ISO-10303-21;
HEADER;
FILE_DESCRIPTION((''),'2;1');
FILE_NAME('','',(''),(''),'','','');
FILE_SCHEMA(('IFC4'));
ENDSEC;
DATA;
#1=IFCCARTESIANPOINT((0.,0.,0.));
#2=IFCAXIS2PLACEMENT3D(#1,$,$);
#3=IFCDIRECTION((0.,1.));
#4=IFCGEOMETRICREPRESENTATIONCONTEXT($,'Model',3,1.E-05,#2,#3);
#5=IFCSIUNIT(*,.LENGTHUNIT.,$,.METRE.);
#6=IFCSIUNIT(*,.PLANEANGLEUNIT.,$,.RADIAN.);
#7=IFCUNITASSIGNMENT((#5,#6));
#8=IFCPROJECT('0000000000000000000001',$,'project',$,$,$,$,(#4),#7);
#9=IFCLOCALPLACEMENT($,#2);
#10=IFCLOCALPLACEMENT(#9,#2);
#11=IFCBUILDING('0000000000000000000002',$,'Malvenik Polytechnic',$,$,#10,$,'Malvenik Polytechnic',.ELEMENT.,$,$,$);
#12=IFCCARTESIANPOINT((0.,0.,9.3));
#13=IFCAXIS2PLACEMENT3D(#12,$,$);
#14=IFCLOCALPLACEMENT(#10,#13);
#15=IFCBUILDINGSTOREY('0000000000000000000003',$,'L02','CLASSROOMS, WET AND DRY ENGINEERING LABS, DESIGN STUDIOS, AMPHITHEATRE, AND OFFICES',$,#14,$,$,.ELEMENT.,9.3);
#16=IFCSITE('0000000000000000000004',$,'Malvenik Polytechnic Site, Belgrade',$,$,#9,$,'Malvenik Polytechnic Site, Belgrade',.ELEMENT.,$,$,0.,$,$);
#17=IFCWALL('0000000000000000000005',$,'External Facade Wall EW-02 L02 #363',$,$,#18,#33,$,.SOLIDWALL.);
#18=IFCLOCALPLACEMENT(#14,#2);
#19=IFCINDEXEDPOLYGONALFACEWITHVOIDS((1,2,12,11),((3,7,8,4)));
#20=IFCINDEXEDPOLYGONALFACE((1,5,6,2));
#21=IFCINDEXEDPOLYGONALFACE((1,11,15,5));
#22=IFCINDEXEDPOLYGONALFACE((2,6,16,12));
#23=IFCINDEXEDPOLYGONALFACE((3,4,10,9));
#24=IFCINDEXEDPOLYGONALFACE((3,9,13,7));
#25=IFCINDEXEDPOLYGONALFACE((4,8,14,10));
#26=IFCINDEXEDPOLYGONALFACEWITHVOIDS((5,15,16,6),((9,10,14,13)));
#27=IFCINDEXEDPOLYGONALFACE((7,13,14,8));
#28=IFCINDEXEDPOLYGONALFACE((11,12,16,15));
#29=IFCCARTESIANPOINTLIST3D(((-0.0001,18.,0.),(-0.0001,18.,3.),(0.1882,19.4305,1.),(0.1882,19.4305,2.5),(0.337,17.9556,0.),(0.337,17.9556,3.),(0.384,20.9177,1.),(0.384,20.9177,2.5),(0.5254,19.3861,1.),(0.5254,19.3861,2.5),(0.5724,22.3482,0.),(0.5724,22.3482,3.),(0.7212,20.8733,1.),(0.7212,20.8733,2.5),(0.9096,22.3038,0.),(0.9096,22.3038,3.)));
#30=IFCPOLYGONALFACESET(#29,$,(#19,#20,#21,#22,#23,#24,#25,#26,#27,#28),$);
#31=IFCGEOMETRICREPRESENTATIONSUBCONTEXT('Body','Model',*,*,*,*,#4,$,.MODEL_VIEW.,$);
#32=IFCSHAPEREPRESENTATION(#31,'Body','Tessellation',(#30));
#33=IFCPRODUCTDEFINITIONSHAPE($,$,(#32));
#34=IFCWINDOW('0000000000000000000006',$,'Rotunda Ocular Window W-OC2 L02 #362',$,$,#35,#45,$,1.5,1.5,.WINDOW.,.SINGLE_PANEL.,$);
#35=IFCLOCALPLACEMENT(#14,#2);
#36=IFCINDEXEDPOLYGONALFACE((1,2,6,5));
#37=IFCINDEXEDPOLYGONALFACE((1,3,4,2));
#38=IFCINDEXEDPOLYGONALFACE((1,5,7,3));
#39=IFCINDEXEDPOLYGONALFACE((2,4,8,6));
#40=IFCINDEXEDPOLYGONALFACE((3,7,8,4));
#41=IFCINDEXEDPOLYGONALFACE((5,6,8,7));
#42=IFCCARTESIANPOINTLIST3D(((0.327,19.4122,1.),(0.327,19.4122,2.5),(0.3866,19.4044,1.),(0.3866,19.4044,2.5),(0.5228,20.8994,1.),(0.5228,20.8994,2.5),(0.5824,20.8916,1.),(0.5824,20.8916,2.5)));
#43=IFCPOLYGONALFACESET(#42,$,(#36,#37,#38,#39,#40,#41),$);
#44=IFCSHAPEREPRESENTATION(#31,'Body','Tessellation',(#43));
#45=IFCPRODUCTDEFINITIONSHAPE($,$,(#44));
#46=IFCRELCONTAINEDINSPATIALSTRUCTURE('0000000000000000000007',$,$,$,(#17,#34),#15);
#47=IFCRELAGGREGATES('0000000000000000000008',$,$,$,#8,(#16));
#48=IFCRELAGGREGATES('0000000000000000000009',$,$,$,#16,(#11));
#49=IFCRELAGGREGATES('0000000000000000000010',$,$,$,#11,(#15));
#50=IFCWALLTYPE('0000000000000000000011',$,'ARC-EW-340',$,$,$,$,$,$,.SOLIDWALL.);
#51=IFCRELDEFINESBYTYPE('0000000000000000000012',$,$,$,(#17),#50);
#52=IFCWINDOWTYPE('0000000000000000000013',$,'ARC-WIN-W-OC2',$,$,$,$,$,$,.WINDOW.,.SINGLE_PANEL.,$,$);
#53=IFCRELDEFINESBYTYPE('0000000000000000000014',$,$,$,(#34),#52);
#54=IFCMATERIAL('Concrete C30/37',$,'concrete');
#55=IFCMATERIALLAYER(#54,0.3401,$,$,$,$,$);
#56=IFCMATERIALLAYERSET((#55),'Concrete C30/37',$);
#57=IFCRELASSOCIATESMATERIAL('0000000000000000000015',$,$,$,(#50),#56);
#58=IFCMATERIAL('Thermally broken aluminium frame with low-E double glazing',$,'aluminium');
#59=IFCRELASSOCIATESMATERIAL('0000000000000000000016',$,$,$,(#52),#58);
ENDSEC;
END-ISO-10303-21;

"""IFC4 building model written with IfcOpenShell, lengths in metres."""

from ifc_helpers import new_model, si_unit, direction, frame, frame_2d, origin, place, context, subcontext, project, spatial, rectangle, extrude, material, layer, layer_set, type_object, element, fill, save


model = new_model("IFC4")

# Units and contexts
model_context = context("Model", 3, precision=1e-05, world=origin(), true_north=direction((0.0, 1.0)))
body_context = subcontext(model_context, "Body", "Model", "MODEL_VIEW")
ifc_project = project(units=[si_unit("LENGTHUNIT", "METRE"), si_unit("PLANEANGLEUNIT", "RADIAN")], contexts=[model_context])

# Site, building, storey
site_placement = place(None, origin())
site = spatial("IfcSite", under=ifc_project, at=site_placement, Name="Malvenik Polytechnic Site, Belgrade", LongName="Malvenik Polytechnic Site, Belgrade", CompositionType="ELEMENT", RefElevation=0.0)
building_placement = place(site_placement, origin())
building = spatial("IfcBuilding", under=site, at=building_placement, Name="Malvenik Polytechnic", LongName="Malvenik Polytechnic", CompositionType="ELEMENT")
storey_placement = place(building_placement, frame((0.0, 0.0, 9.3)))
storey = spatial("IfcBuildingStorey", under=building, at=storey_placement, Name="L02", Description="CLASSROOMS, WET AND DRY ENGINEERING LABS, DESIGN STUDIOS, AMPHITHEATRE, AND OFFICES", CompositionType="ELEMENT", Elevation=9.3)

# Wall, opening, window
ifc_material_1 = material(Name="Concrete C30/37", Category="concrete")
ifc_layer = layer(ifc_material_1, 0.3401)
ifc_layer_set = layer_set([ifc_layer], Name="Concrete C30/37")
wall_type = type_object("IfcWallType", Name="ARC-EW-340", PredefinedType="SOLIDWALL", material=ifc_layer_set)
ifc_material_2 = material(Name="Thermally broken aluminium frame with low-E double glazing", Category="aluminium")
window_type = type_object("IfcWindowType", Name="ARC-WIN-W-OC2", PartitioningType="SINGLE_PANEL", PredefinedType="WINDOW", material=ifc_material_2)
wall_1_placement = place(storey_placement, frame((0.1685, 17.9778, 0.0), z_axis=(0.0, 0.0, 1.0), x_axis=(0.130541, 0.991443, 0.0)))
wall_1 = element("IfcWall", 1, at=wall_1_placement, inside=storey, type_object=wall_type, Name="External Facade Wall EW-02 L02 #363", PredefinedType="SOLIDWALL", context=body_context, shape_type="SweptSolid", body=[
    extrude(rectangle(XDim=4.3857, YDim=0.3401, at=frame_2d((2.1929, 0.0))), origin(), (0.0, 0.0, 1.0), 3.0),
])
opening_1_placement = place(wall_1_placement, frame((1.4429, 0.0, 1.0)))
opening_1 = element("IfcOpeningElement", 2, at=opening_1_placement, cuts=wall_1, PredefinedType="OPENING", context=body_context, shape_type="SweptSolid", body=[
    extrude(rectangle(XDim=1.5, YDim=1.5, at=frame_2d((0.75, 0.75))), frame((0.0, 0.1802, 0.0), z_axis=(0.0, -1.0, 0.0), x_axis=(1.0, 0.0, 0.0)), (0.0, 0.0, 1.0), 0.3601),
])
window_1_placement = place(opening_1_placement, origin())
window_1 = element("IfcWindow", 3, at=window_1_placement, inside=storey, type_object=window_type, Name="Rotunda Ocular Window W-OC2 L02 #362", OverallHeight=1.5, OverallWidth=1.5, PartitioningType="SINGLE_PANEL", PredefinedType="WINDOW", context=body_context, shape_type="SweptSolid", body=[
    extrude(rectangle(XDim=1.5, YDim=1.5, at=frame_2d((0.75, 0.75))), frame((0.0, 0.03, 0.0), z_axis=(0.0, -1.0, 0.0), x_axis=(1.0, 0.0, 0.0)), (0.0, 0.0, 1.0), 0.0601),
])
fill(opening_1, window_1)

save(model, "model.ifc")
